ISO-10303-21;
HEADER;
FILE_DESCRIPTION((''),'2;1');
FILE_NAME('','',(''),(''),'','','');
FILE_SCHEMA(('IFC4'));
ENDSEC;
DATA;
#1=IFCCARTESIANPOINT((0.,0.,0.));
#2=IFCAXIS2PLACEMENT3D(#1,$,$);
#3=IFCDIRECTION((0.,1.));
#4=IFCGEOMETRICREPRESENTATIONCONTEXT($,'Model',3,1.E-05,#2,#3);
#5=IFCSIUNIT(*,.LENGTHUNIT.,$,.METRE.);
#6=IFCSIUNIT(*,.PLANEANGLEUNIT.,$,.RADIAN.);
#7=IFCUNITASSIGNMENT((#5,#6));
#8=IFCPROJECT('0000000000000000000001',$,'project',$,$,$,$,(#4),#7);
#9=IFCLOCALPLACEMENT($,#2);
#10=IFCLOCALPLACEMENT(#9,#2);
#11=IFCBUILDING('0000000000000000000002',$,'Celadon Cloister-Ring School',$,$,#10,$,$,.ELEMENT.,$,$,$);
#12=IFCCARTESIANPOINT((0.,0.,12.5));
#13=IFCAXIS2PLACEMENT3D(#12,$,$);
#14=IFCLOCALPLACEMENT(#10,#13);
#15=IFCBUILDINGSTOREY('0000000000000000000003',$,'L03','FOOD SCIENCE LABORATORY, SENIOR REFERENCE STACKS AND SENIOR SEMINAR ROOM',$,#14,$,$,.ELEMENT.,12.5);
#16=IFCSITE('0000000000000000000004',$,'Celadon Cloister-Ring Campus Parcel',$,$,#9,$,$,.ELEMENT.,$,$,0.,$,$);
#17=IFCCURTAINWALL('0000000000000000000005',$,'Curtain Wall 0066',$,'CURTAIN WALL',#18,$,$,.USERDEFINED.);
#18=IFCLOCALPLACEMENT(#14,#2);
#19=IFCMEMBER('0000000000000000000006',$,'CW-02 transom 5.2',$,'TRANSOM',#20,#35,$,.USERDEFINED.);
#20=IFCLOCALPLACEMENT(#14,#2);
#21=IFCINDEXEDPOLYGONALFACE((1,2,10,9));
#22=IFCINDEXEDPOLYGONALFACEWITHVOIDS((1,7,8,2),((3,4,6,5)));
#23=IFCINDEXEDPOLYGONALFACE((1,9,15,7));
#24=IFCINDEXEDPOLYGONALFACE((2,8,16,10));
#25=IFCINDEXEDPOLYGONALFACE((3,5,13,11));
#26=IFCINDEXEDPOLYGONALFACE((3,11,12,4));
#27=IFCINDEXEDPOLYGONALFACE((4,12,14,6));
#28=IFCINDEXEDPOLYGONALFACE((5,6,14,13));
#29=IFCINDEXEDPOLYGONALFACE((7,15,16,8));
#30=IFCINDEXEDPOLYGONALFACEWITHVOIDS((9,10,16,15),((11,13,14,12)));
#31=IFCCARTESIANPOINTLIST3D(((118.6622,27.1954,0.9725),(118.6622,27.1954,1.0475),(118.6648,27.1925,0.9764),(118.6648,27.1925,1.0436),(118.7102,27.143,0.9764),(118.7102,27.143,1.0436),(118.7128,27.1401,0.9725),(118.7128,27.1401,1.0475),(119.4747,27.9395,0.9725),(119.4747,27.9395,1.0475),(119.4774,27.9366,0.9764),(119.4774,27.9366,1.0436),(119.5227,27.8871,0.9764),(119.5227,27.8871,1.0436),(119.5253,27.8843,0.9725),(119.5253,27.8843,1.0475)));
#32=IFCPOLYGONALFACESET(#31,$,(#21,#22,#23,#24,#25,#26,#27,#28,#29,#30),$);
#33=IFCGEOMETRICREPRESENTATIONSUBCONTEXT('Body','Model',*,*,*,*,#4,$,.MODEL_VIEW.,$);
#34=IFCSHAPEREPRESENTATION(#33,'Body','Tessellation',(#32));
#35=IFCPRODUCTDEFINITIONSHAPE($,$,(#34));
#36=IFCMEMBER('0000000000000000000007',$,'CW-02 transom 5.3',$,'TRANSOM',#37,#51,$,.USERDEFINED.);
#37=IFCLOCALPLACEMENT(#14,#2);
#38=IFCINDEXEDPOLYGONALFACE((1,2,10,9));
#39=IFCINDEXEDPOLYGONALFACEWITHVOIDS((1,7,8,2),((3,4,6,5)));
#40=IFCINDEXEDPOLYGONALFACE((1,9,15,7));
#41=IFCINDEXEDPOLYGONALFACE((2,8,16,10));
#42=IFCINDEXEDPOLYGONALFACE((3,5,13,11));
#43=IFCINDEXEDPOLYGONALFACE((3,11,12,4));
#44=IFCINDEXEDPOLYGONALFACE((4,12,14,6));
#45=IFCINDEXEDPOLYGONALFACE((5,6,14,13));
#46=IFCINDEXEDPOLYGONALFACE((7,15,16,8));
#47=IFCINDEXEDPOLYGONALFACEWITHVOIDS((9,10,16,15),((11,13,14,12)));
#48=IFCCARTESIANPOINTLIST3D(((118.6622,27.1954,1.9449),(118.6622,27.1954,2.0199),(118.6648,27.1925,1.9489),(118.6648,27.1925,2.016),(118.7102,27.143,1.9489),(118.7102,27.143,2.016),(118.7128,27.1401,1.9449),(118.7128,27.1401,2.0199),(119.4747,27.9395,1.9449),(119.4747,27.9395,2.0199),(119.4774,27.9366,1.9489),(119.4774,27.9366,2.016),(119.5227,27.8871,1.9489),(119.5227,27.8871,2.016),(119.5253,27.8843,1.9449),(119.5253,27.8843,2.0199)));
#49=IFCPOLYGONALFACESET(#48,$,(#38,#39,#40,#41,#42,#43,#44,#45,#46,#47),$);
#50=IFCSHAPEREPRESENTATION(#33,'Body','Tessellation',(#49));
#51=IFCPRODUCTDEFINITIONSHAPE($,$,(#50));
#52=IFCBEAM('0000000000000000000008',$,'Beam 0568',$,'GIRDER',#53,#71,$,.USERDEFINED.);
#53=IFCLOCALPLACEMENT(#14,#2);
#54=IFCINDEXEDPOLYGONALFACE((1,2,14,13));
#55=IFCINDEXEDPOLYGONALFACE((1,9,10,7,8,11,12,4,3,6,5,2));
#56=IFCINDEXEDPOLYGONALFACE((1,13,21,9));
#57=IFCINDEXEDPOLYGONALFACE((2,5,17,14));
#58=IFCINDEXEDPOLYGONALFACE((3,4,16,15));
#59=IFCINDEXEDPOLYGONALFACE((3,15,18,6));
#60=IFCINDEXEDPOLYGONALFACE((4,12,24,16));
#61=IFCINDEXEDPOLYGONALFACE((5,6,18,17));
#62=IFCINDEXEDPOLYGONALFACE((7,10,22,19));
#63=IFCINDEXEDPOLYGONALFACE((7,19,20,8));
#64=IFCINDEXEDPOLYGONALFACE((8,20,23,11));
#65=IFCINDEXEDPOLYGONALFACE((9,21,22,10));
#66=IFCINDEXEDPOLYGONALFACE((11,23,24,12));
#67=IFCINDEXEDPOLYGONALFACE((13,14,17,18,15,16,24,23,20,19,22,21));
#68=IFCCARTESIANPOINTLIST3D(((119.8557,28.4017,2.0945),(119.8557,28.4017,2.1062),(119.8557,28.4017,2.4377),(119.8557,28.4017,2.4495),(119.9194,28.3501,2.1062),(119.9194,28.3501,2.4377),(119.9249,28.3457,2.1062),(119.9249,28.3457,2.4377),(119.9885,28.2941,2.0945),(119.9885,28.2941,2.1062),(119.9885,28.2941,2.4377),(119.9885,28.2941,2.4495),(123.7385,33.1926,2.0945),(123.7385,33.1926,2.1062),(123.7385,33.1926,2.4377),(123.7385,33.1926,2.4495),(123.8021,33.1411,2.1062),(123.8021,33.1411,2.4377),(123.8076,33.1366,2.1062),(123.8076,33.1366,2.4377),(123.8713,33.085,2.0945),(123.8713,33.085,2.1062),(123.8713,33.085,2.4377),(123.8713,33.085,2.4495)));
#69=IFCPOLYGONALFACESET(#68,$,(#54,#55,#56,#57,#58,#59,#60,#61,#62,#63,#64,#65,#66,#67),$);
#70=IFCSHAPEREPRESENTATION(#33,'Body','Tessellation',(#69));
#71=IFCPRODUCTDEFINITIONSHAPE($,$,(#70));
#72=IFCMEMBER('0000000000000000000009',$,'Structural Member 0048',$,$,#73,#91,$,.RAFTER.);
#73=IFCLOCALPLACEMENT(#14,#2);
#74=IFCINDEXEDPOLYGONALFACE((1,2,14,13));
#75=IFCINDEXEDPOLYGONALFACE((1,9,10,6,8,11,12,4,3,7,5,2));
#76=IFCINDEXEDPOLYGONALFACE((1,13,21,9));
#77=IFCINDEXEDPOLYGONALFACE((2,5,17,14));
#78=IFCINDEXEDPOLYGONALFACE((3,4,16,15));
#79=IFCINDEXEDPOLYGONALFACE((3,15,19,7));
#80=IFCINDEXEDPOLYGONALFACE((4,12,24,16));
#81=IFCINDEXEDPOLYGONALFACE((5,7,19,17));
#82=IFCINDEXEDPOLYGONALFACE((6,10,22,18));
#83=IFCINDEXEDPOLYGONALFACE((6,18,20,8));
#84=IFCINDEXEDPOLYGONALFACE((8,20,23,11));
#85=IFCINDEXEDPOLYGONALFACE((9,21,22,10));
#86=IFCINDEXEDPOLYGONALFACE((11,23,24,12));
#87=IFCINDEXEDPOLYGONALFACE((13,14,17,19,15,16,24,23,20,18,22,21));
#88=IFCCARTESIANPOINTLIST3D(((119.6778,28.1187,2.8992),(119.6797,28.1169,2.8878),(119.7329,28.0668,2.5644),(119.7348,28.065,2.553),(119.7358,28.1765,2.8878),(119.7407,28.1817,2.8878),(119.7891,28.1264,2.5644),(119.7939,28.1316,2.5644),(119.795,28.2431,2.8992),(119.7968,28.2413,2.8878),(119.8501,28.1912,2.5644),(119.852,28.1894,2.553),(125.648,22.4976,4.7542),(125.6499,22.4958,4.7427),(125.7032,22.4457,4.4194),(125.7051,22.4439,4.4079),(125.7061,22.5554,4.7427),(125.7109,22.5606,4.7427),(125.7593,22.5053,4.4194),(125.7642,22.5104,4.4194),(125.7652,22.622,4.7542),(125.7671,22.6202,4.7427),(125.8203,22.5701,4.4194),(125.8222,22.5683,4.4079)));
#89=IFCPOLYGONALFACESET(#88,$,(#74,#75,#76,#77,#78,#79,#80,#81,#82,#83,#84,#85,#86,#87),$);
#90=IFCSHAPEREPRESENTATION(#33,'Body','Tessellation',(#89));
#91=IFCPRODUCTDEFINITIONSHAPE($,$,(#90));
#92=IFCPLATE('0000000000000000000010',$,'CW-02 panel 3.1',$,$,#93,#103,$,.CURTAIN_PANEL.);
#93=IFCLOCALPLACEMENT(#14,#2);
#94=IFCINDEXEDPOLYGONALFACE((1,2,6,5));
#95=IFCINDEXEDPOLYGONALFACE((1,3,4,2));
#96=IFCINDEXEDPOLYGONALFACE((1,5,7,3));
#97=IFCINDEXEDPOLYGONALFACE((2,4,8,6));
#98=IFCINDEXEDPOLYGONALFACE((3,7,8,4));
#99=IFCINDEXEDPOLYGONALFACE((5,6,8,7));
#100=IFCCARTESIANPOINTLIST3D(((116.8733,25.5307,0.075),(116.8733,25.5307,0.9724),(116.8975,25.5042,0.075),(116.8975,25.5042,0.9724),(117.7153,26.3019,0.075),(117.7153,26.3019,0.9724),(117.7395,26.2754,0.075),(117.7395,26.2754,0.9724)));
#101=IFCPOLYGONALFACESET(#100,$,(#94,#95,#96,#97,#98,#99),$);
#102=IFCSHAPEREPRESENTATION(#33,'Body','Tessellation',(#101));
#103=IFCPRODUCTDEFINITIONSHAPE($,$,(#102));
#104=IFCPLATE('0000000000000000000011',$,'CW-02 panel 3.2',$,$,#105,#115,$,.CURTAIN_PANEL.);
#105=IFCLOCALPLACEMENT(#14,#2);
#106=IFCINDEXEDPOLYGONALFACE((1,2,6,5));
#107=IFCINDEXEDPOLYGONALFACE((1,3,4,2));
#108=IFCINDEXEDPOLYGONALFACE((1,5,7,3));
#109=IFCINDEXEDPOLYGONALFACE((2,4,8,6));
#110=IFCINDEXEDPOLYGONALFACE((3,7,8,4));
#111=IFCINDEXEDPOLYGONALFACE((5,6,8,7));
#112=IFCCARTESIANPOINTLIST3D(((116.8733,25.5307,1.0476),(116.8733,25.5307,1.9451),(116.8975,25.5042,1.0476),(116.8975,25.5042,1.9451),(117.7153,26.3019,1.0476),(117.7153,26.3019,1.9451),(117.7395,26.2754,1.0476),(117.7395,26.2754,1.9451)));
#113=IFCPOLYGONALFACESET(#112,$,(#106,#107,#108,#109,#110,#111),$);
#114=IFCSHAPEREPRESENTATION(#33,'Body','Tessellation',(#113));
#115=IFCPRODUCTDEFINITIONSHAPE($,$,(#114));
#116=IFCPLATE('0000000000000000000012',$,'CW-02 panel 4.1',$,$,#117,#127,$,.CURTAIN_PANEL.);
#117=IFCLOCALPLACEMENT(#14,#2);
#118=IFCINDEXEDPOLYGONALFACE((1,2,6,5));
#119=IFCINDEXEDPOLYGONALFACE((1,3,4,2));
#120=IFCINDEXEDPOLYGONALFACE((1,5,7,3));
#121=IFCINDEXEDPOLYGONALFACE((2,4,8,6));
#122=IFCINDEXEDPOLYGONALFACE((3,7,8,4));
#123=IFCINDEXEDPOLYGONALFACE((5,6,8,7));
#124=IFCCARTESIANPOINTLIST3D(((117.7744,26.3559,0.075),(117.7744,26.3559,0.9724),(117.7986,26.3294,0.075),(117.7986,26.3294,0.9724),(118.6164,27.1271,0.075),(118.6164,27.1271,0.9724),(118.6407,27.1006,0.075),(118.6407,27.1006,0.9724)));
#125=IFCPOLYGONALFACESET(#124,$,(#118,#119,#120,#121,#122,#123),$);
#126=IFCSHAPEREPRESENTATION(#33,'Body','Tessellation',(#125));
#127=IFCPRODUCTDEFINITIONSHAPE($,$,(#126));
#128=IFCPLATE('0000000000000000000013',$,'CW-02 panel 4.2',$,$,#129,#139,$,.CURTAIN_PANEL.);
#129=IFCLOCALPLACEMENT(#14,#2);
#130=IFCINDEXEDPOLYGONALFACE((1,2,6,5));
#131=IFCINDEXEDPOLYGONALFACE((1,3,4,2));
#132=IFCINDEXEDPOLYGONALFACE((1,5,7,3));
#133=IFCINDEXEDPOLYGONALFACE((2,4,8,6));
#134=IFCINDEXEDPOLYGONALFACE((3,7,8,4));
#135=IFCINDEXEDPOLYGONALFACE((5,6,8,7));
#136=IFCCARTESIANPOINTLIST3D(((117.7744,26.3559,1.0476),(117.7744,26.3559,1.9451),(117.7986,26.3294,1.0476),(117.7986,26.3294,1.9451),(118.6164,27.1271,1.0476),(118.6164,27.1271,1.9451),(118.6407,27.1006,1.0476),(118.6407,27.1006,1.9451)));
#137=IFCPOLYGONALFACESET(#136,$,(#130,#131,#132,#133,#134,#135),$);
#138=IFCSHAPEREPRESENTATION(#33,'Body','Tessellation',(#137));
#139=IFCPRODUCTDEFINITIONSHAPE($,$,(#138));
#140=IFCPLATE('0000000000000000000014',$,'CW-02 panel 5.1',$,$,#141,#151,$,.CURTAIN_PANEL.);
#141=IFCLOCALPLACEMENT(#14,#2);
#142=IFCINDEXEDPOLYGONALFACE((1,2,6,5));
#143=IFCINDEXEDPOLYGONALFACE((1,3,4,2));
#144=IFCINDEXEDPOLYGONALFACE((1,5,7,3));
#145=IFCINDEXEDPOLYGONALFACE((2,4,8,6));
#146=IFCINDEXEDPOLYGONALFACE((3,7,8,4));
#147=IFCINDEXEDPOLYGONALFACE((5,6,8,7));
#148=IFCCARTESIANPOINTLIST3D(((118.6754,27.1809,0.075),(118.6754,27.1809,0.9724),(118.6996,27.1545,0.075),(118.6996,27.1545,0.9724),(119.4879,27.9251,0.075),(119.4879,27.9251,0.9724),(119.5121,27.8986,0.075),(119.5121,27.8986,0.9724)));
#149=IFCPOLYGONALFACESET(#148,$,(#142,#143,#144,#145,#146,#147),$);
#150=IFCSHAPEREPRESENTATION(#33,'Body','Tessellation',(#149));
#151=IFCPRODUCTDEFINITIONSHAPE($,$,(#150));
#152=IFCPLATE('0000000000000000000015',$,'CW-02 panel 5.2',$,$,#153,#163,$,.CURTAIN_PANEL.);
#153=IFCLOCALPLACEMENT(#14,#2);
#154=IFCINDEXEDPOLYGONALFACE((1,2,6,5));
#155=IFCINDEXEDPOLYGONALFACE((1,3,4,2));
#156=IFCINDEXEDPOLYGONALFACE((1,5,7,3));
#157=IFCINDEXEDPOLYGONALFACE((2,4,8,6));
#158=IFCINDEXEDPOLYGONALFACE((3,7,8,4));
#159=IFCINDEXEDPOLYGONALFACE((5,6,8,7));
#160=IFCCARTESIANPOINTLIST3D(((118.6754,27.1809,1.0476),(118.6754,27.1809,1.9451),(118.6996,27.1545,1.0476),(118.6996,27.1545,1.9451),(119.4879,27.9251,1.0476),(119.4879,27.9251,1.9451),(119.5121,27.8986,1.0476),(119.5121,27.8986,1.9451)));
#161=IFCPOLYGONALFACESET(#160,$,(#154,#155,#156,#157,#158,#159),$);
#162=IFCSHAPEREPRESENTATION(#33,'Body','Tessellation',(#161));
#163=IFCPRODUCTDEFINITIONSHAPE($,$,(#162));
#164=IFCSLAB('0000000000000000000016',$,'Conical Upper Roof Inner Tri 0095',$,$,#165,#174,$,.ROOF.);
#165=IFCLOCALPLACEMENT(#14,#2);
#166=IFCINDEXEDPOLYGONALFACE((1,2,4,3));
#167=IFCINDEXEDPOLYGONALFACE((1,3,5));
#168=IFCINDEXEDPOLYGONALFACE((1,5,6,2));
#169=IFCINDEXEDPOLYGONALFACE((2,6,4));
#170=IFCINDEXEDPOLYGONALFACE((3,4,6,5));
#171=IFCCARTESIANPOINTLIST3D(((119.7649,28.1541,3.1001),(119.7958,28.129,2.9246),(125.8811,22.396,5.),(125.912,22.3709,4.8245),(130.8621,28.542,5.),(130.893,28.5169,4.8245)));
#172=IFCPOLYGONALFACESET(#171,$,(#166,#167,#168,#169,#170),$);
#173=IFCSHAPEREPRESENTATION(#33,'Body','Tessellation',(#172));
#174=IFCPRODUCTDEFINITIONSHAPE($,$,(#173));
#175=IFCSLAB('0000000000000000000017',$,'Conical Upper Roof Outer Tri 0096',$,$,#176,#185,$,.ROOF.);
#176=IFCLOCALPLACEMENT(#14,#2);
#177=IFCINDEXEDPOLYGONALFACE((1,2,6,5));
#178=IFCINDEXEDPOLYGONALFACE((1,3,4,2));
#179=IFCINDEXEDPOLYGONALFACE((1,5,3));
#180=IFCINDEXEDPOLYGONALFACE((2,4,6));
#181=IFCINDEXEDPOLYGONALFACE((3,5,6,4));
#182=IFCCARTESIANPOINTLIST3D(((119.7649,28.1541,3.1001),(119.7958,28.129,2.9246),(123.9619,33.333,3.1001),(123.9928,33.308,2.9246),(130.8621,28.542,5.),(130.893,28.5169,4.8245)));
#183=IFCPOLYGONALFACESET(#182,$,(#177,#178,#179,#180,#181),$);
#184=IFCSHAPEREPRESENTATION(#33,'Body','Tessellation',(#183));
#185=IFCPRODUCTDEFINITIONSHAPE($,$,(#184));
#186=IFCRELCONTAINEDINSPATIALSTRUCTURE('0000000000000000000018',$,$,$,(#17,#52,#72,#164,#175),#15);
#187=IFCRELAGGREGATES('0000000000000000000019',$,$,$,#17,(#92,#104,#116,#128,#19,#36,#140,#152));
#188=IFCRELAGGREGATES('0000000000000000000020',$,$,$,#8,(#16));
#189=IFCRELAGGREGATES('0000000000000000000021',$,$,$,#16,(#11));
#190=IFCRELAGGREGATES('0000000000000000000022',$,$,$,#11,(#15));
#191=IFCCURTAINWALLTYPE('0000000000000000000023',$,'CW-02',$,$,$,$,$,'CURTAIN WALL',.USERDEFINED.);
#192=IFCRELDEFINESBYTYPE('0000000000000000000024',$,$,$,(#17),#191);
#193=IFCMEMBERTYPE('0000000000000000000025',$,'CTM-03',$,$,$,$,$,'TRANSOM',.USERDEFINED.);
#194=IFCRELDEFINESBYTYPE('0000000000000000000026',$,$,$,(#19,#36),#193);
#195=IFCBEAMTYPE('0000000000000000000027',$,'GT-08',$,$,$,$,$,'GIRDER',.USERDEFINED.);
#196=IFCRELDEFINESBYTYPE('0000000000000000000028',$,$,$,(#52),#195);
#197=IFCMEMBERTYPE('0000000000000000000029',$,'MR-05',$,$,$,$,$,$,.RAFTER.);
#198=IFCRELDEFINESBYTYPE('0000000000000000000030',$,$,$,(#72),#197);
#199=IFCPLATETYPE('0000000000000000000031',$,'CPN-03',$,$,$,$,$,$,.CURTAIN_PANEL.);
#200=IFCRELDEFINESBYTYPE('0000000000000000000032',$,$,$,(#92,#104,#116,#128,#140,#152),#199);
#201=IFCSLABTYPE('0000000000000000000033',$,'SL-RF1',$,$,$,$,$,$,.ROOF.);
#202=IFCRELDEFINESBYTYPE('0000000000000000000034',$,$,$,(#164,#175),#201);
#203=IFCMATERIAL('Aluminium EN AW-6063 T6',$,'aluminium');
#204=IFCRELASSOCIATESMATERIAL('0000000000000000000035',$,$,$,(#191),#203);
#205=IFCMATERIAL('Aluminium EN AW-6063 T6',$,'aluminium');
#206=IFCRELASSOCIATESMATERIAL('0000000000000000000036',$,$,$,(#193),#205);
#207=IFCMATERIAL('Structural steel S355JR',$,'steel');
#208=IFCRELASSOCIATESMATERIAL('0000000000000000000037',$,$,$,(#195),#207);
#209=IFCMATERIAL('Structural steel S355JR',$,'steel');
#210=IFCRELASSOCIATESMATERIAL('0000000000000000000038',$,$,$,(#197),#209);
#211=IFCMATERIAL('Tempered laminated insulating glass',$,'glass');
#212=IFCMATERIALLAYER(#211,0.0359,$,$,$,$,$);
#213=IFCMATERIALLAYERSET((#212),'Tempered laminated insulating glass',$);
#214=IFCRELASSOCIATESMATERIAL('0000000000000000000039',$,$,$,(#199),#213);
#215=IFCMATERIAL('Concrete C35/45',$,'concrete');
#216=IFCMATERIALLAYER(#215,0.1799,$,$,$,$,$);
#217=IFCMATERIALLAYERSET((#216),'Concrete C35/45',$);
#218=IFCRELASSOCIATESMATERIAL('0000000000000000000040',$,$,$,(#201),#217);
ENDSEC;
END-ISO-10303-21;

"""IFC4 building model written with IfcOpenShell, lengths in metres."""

from ifc_helpers import new_model, si_unit, direction, frame, origin, origin_2d, place, context, subcontext, project, spatial, polyline, rectangle, hollow_rectangle, i_section, outline, extrude, material, layer, layer_set, material_profile, profile_set, type_object, element, aggregate, save


model = new_model("IFC4")

# Units and contexts
model_context = context("Model", 3, precision=1e-05, world=origin(), true_north=direction((0.0, 1.0)))
body_context = subcontext(model_context, "Body", "Model", "MODEL_VIEW")
ifc_project = project(units=[si_unit("LENGTHUNIT", "METRE"), si_unit("PLANEANGLEUNIT", "RADIAN")], contexts=[model_context])

# Site, building, storey
site_placement = place(None, origin())
site = spatial("IfcSite", under=ifc_project, at=site_placement, Name="Celadon Cloister-Ring Campus Parcel", CompositionType="ELEMENT", RefElevation=0.0)
building_placement = place(site_placement, origin())
building = spatial("IfcBuilding", under=site, at=building_placement, Name="Celadon Cloister-Ring School", CompositionType="ELEMENT")
storey_placement = place(building_placement, frame((0.0, 0.0, 12.5)))
storey = spatial("IfcBuildingStorey", under=building, at=storey_placement, Name="L03", Description="FOOD SCIENCE LABORATORY, SENIOR REFERENCE STACKS AND SENIOR SEMINAR ROOM", CompositionType="ELEMENT", Elevation=12.5)

# Curtain wall
ifc_material_1 = material(Name="Aluminium EN AW-6063 T6", Category="aluminium")
curtain_wall_type = type_object("IfcCurtainWallType", Name="CW-02", ElementType="CURTAIN WALL", PredefinedType="USERDEFINED", material=ifc_material_1)
curtain_wall_1_placement = place(storey_placement, origin())
curtain_wall_1 = element("IfcCurtainWall", 1, at=curtain_wall_1_placement, inside=storey, type_object=curtain_wall_type, Name="Curtain Wall 0066", ObjectType="CURTAIN WALL", PredefinedType="USERDEFINED")

# Members
ifc_material_2 = material(Name="Aluminium EN AW-6063 T6", Category="aluminium")
ifc_material_profile_1 = material_profile(ifc_material_2, hollow_rectangle(XDim=0.075, YDim=0.075, WallThickness=0.0039, at=origin_2d()), Name="RHS75X75X4")
ifc_profile_set_1 = profile_set([ifc_material_profile_1], Name="Aluminium EN AW-6063 T6")
member_type_1 = type_object("IfcMemberType", Name="CTM-03", ElementType="TRANSOM", PredefinedType="USERDEFINED", material=ifc_profile_set_1)
member_1_placement = place(storey_placement, frame((118.6875, 27.1677, 1.01), z_axis=(0.737448, 0.675403, 0.0), x_axis=(-0.675403, 0.737448, 0.0)))
member_1 = element("IfcMember", 2, at=member_1_placement, type_object=member_type_1, Name="CW-02 transom 5.2", ObjectType="TRANSOM", PredefinedType="USERDEFINED", context=body_context, shape_type="SweptSolid", body=[
    extrude(hollow_rectangle(XDim=0.075, YDim=0.075, WallThickness=0.0039, at=origin_2d()), origin(), (0.0, 0.0, 1.0), 1.1018),
])
member_2_placement = place(storey_placement, frame((118.6875, 27.1677, 1.9824), z_axis=(0.737448, 0.675403, 0.0), x_axis=(-0.675403, 0.737448, 0.0)))
member_2 = element("IfcMember", 3, at=member_2_placement, type_object=member_type_1, Name="CW-02 transom 5.3", ObjectType="TRANSOM", PredefinedType="USERDEFINED", context=body_context, shape_type="SweptSolid", body=[
    extrude(hollow_rectangle(XDim=0.075, YDim=0.075, WallThickness=0.0039, at=origin_2d()), origin(), (0.0, 0.0, 1.0), 1.1018),
])

# Beam
ifc_material_3 = material(Name="Structural steel S355JR", Category="steel")
ifc_material_profile_2 = material_profile(ifc_material_3, i_section(OverallWidth=0.1709, OverallDepth=0.355, WebThickness=0.0071, FlangeThickness=0.0117, at=origin_2d()), Name="W360X51")
ifc_profile_set_2 = profile_set([ifc_material_profile_2], Name="Structural steel S355JR")
beam_type = type_object("IfcBeamType", Name="GT-08", ElementType="GIRDER", PredefinedType="USERDEFINED", material=ifc_profile_set_2)
beam_placement = place(storey_placement, frame((119.9221, 28.3479, 2.272), z_axis=(0.629626, 0.776898, 0.0), x_axis=(-0.776898, 0.629626, 0.0)))
element("IfcBeam", 4, at=beam_placement, inside=storey, type_object=beam_type, Name="Beam 0568", ObjectType="GIRDER", PredefinedType="USERDEFINED", context=body_context, shape_type="SweptSolid", body=[
    extrude(i_section(OverallWidth=0.1709, OverallDepth=0.355, WebThickness=0.0071, FlangeThickness=0.0117, at=origin_2d()), origin(), (0.0, 0.0, 1.0), 6.1667),
])

# Member
ifc_material_4 = material(Name="Structural steel S355JR", Category="steel")
ifc_material_profile_3 = material_profile(ifc_material_4, i_section(OverallWidth=0.1709, OverallDepth=0.355, WebThickness=0.0071, FlangeThickness=0.0117, at=origin_2d()), Name="W360X51")
ifc_profile_set_3 = profile_set([ifc_material_profile_3], Name="Structural steel S355JR")
member_type_2 = type_object("IfcMemberType", Name="MR-05", PredefinedType="RAFTER", material=ifc_profile_set_3)
member_3_placement = place(storey_placement, frame((119.7649, 28.1541, 2.7261), z_axis=(0.710131, -0.668604, 0.220642), x_axis=(0.685498, 0.728074, 0.0)))
element("IfcMember", 5, at=member_3_placement, inside=storey, type_object=member_type_2, Name="Structural Member 0048", PredefinedType="RAFTER", context=body_context, shape_type="SweptSolid", body=[
    extrude(i_section(OverallWidth=0.1709, OverallDepth=0.355, WebThickness=0.0071, FlangeThickness=0.0117, at=origin_2d()), origin(), (0.0, 0.0, 1.0), 8.4072),
])

# Plates
ifc_material_5 = material(Name="Tempered laminated insulating glass", Category="glass")
ifc_layer_1 = layer(ifc_material_5, 0.0359)
ifc_layer_set_1 = layer_set([ifc_layer_1], Name="Tempered laminated insulating glass")
plate_type = type_object("IfcPlateType", Name="CPN-03", PredefinedType="CURTAIN_PANEL", material=ifc_layer_set_1)
plate_1_placement = place(storey_placement, frame((117.3064, 25.9031, 0.075), z_axis=(0.0, 0.0, 1.0), x_axis=(0.737446, 0.675406, 0.0)))
plate_1 = element("IfcPlate", 6, at=plate_1_placement, type_object=plate_type, Name="CW-02 panel 3.1", PredefinedType="CURTAIN_PANEL", context=body_context, shape_type="SweptSolid", body=[
    extrude(rectangle(XDim=1.1418, YDim=0.0359, at=origin_2d()), origin(), (0.0, 0.0, 1.0), 0.8975),
])
plate_2_placement = place(storey_placement, frame((117.3064, 25.9031, 1.0476), z_axis=(0.0, 0.0, 1.0), x_axis=(0.737446, 0.675406, 0.0)))
plate_2 = element("IfcPlate", 7, at=plate_2_placement, type_object=plate_type, Name="CW-02 panel 3.2", PredefinedType="CURTAIN_PANEL", context=body_context, shape_type="SweptSolid", body=[
    extrude(rectangle(XDim=1.1418, YDim=0.0359, at=origin_2d()), origin(), (0.0, 0.0, 1.0), 0.8975),
])
plate_3_placement = place(storey_placement, frame((118.2075, 26.7283, 0.075), z_axis=(0.0, 0.0, 1.0), x_axis=(0.737446, 0.675406, 0.0)))
plate_3 = element("IfcPlate", 8, at=plate_3_placement, type_object=plate_type, Name="CW-02 panel 4.1", PredefinedType="CURTAIN_PANEL", context=body_context, shape_type="SweptSolid", body=[
    extrude(rectangle(XDim=1.1418, YDim=0.0359, at=origin_2d()), origin(), (0.0, 0.0, 1.0), 0.8975),
])
plate_4_placement = place(storey_placement, frame((118.2075, 26.7283, 1.0476), z_axis=(0.0, 0.0, 1.0), x_axis=(0.737446, 0.675406, 0.0)))
plate_4 = element("IfcPlate", 9, at=plate_4_placement, type_object=plate_type, Name="CW-02 panel 4.2", PredefinedType="CURTAIN_PANEL", context=body_context, shape_type="SweptSolid", body=[
    extrude(rectangle(XDim=1.1418, YDim=0.0359, at=origin_2d()), origin(), (0.0, 0.0, 1.0), 0.8975),
])
plate_5_placement = place(storey_placement, frame((119.0938, 27.5398, 0.075), z_axis=(0.0, 0.0, 1.0), x_axis=(0.737446, 0.675406, 0.0)))
plate_5 = element("IfcPlate", 10, at=plate_5_placement, type_object=plate_type, Name="CW-02 panel 5.1", PredefinedType="CURTAIN_PANEL", context=body_context, shape_type="SweptSolid", body=[
    extrude(rectangle(XDim=1.1018, YDim=0.0359, at=origin_2d()), origin(), (0.0, 0.0, 1.0), 0.8975),
])
plate_6_placement = place(storey_placement, frame((119.0938, 27.5398, 1.0476), z_axis=(0.0, 0.0, 1.0), x_axis=(0.737446, 0.675406, 0.0)))
plate_6 = element("IfcPlate", 11, at=plate_6_placement, type_object=plate_type, Name="CW-02 panel 5.2", PredefinedType="CURTAIN_PANEL", context=body_context, shape_type="SweptSolid", body=[
    extrude(rectangle(XDim=1.1018, YDim=0.0359, at=origin_2d()), origin(), (0.0, 0.0, 1.0), 0.8975),
])
aggregate(curtain_wall_1, [plate_1, plate_2, plate_3, plate_4, member_1, member_2, plate_5, plate_6])

# Slabs
ifc_material_6 = material(Name="Concrete C35/45", Category="concrete")
ifc_layer_2 = layer(ifc_material_6, 0.1799)
ifc_layer_set_2 = layer_set([ifc_layer_2], Name="Concrete C35/45")
slab_type = type_object("IfcSlabType", Name="SL-RF1", PredefinedType="ROOF", material=ifc_layer_set_2)
slab_1_placement = place(storey_placement, frame((119.7649, 28.1541, 3.1001), z_axis=(-0.171834, 0.139261, 0.975233), x_axis=(0.710166, -0.66858, 0.220602)))
element("IfcSlab", 12, at=slab_1_placement, inside=storey, type_object=slab_type, Name="Conical Upper Roof Inner Tri 0095", PredefinedType="ROOF", context=body_context, shape_type="SweptSolid", body=[
    extrude(outline(polyline([(0.0, 0.0), (8.6124, 0.0), (8.0406, 7.8903), (0.0, 0.0)])), origin(), (0.0, 0.0, -1.0), 0.1799),
])
slab_2_placement = place(storey_placement, frame((119.7649, 28.1541, 3.1001), z_axis=(-0.171834, 0.139254, 0.975234), x_axis=(0.985074, 0.034437, 0.168651)))
element("IfcSlab", 13, at=slab_2_placement, inside=storey, type_object=slab_type, Name="Conical Upper Roof Outer Tri 0096", PredefinedType="ROOF", context=body_context, shape_type="SweptSolid", body=[
    extrude(outline(polyline([(0.0, 0.0), (11.2653, 0.0), (4.3127, 5.083), (0.0, 0.0)])), origin(), (0.0, 0.0, -1.0), 0.1799),
])

save(model, "model.ifc")
